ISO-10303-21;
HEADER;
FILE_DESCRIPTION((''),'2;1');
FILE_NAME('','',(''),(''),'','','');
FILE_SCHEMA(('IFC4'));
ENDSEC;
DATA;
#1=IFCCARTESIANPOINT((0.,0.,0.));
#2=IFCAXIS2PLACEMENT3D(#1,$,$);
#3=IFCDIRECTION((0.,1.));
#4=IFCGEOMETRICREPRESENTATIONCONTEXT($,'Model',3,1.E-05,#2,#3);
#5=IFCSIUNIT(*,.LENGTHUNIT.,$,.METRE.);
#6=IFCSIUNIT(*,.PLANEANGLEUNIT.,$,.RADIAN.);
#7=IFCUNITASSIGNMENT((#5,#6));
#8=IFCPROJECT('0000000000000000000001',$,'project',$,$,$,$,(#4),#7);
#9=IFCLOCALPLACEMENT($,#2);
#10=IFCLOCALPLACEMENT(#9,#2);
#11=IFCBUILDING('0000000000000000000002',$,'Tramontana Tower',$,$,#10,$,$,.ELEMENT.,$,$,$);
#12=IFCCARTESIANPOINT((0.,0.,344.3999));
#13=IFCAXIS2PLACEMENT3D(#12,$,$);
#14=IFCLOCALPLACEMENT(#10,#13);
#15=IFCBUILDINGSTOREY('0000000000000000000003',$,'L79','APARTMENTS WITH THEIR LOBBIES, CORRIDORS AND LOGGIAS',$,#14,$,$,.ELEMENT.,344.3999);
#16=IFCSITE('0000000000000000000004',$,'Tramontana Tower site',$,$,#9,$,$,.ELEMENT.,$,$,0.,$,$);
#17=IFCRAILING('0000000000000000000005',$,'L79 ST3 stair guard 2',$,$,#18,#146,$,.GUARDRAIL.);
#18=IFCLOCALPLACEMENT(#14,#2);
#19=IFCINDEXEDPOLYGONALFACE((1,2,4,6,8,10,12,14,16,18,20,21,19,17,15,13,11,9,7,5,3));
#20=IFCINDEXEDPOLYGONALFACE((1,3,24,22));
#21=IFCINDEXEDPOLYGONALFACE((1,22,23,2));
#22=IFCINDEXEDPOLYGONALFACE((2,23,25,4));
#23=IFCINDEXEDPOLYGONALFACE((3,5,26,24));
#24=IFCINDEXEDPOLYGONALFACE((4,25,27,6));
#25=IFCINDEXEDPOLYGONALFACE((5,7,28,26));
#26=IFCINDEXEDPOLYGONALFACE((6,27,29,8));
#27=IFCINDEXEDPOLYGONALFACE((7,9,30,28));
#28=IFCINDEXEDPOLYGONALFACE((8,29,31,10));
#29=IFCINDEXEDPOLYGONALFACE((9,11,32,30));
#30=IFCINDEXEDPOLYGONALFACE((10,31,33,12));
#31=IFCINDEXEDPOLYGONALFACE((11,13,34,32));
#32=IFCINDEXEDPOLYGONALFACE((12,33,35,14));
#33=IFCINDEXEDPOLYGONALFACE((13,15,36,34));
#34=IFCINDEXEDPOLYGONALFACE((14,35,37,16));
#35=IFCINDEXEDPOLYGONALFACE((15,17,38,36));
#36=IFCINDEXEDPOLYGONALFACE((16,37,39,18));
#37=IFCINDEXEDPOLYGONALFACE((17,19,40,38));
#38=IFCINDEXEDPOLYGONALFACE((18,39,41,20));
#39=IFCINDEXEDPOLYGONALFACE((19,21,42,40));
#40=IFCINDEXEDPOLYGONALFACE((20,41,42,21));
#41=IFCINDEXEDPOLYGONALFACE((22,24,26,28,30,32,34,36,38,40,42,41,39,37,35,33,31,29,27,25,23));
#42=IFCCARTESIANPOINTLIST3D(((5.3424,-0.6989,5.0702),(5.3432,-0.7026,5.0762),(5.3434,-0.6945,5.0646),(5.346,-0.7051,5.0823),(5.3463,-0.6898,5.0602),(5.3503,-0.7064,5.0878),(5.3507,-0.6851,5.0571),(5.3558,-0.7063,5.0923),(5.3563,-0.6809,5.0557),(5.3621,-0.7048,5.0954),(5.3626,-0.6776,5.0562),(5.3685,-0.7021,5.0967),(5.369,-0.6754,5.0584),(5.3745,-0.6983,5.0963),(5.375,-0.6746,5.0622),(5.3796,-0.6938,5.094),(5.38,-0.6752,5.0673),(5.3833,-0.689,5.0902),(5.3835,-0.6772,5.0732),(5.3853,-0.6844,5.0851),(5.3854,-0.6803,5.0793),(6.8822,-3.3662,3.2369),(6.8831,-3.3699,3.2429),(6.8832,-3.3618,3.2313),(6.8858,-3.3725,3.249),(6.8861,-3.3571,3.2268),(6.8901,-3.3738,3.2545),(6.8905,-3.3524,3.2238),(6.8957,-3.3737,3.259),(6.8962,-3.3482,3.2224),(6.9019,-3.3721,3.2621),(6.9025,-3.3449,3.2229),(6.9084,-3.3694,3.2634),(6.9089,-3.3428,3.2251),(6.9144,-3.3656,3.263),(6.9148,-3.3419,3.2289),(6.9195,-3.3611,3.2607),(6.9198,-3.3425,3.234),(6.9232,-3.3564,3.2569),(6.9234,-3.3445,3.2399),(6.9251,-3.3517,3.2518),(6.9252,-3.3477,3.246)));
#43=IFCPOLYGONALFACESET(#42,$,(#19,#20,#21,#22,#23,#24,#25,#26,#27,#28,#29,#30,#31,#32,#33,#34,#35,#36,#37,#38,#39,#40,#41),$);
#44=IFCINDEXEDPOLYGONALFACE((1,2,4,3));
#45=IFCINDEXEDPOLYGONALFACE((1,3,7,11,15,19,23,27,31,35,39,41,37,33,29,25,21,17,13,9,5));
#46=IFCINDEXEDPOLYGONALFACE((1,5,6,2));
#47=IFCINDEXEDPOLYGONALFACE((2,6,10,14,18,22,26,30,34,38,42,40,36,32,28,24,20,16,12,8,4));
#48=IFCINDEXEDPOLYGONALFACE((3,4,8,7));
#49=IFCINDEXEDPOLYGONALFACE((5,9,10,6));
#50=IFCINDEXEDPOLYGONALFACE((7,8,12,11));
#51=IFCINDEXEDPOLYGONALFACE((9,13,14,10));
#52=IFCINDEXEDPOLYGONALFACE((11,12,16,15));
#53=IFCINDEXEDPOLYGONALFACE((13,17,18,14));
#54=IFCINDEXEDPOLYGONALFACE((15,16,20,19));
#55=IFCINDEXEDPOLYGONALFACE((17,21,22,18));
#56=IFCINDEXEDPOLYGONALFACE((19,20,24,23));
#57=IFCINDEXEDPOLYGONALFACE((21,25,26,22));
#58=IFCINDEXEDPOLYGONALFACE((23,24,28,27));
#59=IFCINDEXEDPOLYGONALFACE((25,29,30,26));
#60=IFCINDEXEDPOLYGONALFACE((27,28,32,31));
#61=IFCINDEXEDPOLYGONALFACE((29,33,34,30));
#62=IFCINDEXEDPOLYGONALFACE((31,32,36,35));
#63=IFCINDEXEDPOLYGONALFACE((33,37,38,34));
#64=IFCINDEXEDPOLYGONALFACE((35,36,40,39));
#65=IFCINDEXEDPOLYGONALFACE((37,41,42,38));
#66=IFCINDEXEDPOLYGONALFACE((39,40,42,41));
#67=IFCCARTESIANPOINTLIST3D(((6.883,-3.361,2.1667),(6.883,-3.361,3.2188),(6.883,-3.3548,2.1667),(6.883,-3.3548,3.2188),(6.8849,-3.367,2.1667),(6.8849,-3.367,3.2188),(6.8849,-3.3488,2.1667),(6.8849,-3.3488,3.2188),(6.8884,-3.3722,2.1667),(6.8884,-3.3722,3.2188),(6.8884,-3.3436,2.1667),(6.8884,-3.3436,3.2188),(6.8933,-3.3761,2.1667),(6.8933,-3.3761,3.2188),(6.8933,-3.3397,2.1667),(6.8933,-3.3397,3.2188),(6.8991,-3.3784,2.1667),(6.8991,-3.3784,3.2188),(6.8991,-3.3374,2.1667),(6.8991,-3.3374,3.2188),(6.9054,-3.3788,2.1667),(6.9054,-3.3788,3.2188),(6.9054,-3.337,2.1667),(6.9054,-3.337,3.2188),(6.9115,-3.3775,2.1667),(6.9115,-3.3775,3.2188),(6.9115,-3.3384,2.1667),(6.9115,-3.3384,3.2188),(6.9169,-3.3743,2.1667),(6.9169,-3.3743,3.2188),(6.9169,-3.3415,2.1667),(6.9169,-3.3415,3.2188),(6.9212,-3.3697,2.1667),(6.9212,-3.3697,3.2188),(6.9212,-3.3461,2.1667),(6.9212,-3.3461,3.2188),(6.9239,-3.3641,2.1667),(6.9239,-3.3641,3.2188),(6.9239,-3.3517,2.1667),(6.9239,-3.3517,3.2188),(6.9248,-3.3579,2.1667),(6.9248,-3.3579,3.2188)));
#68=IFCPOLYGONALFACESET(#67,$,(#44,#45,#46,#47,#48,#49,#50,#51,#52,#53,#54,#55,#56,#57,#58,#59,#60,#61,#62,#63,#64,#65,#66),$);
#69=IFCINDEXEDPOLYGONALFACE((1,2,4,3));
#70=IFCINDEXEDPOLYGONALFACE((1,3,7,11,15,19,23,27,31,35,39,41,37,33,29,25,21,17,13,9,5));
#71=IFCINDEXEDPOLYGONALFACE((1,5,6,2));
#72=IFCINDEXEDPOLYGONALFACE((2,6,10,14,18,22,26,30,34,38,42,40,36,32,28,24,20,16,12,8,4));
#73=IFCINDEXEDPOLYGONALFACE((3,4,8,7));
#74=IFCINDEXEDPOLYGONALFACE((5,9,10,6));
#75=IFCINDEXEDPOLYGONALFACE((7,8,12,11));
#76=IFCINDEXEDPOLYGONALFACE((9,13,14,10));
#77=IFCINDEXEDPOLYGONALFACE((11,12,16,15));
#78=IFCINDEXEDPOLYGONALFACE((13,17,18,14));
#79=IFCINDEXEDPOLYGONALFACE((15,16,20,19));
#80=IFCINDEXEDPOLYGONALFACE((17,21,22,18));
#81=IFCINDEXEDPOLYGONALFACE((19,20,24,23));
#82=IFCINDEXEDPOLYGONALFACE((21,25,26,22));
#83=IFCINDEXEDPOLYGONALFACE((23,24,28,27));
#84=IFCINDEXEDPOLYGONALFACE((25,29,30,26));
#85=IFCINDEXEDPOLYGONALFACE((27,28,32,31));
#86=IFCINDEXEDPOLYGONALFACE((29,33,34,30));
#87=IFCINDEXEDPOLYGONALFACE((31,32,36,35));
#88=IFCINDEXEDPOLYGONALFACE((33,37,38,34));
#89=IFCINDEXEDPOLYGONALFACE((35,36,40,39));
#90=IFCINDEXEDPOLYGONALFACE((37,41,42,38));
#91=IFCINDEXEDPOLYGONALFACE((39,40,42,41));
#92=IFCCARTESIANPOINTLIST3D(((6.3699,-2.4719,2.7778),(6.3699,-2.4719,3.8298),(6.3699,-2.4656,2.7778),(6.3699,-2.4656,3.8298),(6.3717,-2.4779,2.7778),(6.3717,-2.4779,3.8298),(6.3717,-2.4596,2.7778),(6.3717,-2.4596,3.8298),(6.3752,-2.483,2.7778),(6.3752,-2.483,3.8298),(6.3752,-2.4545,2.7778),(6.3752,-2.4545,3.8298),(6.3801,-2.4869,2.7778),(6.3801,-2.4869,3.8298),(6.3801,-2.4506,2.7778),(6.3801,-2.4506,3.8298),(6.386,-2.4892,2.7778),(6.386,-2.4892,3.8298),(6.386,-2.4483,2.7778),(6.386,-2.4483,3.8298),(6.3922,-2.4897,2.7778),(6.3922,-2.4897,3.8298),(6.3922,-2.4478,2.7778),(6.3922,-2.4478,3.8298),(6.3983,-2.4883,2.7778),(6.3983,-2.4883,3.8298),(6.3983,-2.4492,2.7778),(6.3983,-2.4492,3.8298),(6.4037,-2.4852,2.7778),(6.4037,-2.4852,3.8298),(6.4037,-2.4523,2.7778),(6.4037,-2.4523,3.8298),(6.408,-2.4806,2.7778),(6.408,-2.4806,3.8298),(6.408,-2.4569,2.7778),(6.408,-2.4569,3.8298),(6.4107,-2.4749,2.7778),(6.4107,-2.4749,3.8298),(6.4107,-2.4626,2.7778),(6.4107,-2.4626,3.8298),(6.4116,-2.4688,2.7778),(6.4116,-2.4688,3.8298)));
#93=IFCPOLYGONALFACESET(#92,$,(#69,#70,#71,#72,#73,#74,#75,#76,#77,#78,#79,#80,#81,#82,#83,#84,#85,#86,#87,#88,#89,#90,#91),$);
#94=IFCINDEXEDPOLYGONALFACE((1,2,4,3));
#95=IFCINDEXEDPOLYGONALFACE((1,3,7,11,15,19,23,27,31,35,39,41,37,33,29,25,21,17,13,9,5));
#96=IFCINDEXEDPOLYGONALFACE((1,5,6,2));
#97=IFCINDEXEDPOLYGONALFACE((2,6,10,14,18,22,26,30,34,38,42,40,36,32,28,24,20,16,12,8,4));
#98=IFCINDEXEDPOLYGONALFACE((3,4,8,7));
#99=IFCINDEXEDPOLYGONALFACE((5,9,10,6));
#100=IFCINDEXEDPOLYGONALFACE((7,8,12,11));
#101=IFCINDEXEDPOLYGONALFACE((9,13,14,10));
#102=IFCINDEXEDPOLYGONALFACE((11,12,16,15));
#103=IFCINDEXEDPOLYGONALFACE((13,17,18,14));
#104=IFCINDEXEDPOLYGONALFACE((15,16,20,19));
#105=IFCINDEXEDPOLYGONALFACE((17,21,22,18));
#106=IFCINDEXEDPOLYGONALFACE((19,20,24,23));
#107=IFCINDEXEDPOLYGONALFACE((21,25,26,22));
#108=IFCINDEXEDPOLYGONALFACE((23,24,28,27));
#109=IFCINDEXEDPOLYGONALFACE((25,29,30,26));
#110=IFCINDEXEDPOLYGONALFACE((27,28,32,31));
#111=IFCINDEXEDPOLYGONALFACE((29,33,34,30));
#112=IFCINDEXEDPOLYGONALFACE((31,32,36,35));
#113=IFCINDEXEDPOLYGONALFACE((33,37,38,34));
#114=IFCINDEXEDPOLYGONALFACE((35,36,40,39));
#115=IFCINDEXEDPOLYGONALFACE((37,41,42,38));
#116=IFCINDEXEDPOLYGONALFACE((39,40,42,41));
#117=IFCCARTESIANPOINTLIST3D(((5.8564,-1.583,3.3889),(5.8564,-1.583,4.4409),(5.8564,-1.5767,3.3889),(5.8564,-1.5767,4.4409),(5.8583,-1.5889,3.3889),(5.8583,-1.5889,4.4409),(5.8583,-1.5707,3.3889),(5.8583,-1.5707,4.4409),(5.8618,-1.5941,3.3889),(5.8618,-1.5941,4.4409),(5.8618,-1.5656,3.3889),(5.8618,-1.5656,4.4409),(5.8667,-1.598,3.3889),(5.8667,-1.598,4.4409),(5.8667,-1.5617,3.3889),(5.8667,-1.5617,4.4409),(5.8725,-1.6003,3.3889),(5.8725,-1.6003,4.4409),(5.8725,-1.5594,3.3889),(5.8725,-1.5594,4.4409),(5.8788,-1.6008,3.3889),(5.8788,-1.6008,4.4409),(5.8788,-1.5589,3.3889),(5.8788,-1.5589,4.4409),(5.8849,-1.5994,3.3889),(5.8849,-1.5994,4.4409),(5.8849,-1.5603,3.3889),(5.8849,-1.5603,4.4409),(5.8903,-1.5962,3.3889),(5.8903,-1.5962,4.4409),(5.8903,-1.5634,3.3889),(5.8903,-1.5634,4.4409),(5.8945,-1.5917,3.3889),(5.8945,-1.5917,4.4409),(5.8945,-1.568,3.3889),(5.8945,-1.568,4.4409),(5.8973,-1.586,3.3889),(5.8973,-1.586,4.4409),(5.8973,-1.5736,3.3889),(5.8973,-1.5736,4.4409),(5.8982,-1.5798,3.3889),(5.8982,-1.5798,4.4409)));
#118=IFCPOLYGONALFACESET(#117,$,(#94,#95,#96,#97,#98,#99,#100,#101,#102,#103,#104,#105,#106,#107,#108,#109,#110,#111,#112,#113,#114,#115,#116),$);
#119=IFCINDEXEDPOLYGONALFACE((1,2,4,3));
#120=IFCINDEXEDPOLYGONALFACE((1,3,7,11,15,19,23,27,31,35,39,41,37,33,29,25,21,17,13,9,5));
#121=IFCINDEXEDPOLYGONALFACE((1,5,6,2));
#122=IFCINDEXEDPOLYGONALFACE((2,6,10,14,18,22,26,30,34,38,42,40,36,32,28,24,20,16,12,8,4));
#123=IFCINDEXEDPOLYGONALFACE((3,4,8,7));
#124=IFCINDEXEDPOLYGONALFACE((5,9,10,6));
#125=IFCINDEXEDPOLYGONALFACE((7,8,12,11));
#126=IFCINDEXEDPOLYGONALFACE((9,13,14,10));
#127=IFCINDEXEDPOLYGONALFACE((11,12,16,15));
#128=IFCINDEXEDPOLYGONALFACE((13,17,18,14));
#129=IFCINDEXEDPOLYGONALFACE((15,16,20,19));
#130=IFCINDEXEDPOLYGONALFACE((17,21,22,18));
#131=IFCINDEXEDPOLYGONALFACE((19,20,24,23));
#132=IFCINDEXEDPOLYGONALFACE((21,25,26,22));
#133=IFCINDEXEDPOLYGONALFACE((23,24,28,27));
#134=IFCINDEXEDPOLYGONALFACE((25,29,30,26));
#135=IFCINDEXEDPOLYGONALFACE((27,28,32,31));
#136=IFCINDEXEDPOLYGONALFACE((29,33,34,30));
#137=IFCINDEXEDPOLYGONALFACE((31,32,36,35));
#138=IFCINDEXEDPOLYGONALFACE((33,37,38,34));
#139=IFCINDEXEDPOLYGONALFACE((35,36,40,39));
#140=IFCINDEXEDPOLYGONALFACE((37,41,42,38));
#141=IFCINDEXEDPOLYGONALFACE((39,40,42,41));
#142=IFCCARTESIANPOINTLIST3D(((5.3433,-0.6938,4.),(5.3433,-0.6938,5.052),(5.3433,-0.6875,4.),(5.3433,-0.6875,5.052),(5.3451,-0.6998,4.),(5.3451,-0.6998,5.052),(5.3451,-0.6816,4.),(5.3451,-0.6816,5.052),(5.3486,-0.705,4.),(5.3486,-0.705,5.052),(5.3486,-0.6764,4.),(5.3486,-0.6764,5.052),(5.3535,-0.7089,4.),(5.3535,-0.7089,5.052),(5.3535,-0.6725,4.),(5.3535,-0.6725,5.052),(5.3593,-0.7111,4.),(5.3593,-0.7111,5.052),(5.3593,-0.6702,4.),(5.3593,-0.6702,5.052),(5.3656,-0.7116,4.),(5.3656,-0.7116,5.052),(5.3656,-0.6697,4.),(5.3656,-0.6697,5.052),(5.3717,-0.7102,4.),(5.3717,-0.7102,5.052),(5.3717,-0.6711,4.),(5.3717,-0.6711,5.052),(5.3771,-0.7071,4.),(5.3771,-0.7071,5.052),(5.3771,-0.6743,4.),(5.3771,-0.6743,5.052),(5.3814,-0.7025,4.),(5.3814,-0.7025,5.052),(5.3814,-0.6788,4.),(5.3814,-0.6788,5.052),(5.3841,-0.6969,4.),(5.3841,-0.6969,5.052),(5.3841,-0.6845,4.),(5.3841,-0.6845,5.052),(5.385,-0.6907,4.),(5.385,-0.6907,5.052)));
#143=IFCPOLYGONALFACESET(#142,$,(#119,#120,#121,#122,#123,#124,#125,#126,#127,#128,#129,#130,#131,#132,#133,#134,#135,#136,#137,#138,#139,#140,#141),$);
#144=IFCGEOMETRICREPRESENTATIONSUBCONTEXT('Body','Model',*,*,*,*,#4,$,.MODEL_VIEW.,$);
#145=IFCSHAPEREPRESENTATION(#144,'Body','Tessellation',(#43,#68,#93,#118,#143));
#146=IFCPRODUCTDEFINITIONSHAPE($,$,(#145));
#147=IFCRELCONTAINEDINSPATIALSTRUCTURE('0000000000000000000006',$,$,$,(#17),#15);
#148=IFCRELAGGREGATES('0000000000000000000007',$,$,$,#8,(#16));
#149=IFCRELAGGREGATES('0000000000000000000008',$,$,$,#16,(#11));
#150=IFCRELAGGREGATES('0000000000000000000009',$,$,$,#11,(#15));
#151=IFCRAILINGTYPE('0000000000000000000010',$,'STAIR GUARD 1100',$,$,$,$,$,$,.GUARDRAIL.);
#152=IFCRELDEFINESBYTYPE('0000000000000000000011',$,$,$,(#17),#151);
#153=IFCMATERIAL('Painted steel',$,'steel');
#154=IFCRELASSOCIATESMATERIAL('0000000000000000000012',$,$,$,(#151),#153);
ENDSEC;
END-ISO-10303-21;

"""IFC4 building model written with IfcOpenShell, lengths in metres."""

from ifc_helpers import new_model, si_unit, direction, frame, origin, origin_2d, place, context, subcontext, project, spatial, circle, extrude, material, type_object, element, save


model = new_model("IFC4")

# Units and contexts
model_context = context("Model", 3, precision=1e-05, world=origin(), true_north=direction((0.0, 1.0)))
body_context = subcontext(model_context, "Body", "Model", "MODEL_VIEW")
ifc_project = project(units=[si_unit("LENGTHUNIT", "METRE"), si_unit("PLANEANGLEUNIT", "RADIAN")], contexts=[model_context])

# Site, building, storey
site_placement = place(None, origin())
site = spatial("IfcSite", under=ifc_project, at=site_placement, Name="Tramontana Tower site", CompositionType="ELEMENT", RefElevation=0.0)
building_placement = place(site_placement, origin())
building = spatial("IfcBuilding", under=site, at=building_placement, Name="Tramontana Tower", CompositionType="ELEMENT")
storey_placement = place(building_placement, frame((0.0, 0.0, 344.3999)))
storey = spatial("IfcBuildingStorey", under=building, at=storey_placement, Name="L79", Description="APARTMENTS WITH THEIR LOBBIES, CORRIDORS AND LOGGIAS", CompositionType="ELEMENT", Elevation=344.3999)

# Railing
ifc_material_1 = material(Name="Painted steel", Category="steel")
railing_type_1 = type_object("IfcRailingType", Name="STAIR GUARD 1100", PredefinedType="GUARDRAIL", material=ifc_material_1)
railing_1_placement = place(storey_placement, frame((6.9038, -3.3579, 2.1667)))
element("IfcRailing", 1, at=railing_1_placement, inside=storey, type_object=railing_type_1, Name="L79 ST3 stair guard 2", PredefinedType="GUARDRAIL", context=body_context, shape_type="SweptSolid", body=[
    extrude(circle(Radius=0.0239, at=origin_2d()), frame((0.0, 0.0, 1.0762), z_axis=(-0.429616, 0.744181, 0.511493), x_axis=(-0.866044, -0.499967, 0.0)), (0.0, 0.0, 1.0), 3.5842),
    extrude(circle(Radius=0.021, at=origin_2d()), origin(), (0.0, 0.0, 1.0), 1.052),
    extrude(circle(Radius=0.021, at=origin_2d()), frame((-0.5132, 0.8892, 0.6111)), (0.0, 0.0, 1.0), 1.052),
    extrude(circle(Radius=0.021, at=origin_2d()), frame((-1.0266, 1.7781, 1.2222)), (0.0, 0.0, 1.0), 1.052),
    extrude(circle(Radius=0.021, at=origin_2d()), frame((-1.5398, 2.6672, 1.8333)), (0.0, 0.0, 1.0), 1.052),
])

save(model, "model.ifc")
